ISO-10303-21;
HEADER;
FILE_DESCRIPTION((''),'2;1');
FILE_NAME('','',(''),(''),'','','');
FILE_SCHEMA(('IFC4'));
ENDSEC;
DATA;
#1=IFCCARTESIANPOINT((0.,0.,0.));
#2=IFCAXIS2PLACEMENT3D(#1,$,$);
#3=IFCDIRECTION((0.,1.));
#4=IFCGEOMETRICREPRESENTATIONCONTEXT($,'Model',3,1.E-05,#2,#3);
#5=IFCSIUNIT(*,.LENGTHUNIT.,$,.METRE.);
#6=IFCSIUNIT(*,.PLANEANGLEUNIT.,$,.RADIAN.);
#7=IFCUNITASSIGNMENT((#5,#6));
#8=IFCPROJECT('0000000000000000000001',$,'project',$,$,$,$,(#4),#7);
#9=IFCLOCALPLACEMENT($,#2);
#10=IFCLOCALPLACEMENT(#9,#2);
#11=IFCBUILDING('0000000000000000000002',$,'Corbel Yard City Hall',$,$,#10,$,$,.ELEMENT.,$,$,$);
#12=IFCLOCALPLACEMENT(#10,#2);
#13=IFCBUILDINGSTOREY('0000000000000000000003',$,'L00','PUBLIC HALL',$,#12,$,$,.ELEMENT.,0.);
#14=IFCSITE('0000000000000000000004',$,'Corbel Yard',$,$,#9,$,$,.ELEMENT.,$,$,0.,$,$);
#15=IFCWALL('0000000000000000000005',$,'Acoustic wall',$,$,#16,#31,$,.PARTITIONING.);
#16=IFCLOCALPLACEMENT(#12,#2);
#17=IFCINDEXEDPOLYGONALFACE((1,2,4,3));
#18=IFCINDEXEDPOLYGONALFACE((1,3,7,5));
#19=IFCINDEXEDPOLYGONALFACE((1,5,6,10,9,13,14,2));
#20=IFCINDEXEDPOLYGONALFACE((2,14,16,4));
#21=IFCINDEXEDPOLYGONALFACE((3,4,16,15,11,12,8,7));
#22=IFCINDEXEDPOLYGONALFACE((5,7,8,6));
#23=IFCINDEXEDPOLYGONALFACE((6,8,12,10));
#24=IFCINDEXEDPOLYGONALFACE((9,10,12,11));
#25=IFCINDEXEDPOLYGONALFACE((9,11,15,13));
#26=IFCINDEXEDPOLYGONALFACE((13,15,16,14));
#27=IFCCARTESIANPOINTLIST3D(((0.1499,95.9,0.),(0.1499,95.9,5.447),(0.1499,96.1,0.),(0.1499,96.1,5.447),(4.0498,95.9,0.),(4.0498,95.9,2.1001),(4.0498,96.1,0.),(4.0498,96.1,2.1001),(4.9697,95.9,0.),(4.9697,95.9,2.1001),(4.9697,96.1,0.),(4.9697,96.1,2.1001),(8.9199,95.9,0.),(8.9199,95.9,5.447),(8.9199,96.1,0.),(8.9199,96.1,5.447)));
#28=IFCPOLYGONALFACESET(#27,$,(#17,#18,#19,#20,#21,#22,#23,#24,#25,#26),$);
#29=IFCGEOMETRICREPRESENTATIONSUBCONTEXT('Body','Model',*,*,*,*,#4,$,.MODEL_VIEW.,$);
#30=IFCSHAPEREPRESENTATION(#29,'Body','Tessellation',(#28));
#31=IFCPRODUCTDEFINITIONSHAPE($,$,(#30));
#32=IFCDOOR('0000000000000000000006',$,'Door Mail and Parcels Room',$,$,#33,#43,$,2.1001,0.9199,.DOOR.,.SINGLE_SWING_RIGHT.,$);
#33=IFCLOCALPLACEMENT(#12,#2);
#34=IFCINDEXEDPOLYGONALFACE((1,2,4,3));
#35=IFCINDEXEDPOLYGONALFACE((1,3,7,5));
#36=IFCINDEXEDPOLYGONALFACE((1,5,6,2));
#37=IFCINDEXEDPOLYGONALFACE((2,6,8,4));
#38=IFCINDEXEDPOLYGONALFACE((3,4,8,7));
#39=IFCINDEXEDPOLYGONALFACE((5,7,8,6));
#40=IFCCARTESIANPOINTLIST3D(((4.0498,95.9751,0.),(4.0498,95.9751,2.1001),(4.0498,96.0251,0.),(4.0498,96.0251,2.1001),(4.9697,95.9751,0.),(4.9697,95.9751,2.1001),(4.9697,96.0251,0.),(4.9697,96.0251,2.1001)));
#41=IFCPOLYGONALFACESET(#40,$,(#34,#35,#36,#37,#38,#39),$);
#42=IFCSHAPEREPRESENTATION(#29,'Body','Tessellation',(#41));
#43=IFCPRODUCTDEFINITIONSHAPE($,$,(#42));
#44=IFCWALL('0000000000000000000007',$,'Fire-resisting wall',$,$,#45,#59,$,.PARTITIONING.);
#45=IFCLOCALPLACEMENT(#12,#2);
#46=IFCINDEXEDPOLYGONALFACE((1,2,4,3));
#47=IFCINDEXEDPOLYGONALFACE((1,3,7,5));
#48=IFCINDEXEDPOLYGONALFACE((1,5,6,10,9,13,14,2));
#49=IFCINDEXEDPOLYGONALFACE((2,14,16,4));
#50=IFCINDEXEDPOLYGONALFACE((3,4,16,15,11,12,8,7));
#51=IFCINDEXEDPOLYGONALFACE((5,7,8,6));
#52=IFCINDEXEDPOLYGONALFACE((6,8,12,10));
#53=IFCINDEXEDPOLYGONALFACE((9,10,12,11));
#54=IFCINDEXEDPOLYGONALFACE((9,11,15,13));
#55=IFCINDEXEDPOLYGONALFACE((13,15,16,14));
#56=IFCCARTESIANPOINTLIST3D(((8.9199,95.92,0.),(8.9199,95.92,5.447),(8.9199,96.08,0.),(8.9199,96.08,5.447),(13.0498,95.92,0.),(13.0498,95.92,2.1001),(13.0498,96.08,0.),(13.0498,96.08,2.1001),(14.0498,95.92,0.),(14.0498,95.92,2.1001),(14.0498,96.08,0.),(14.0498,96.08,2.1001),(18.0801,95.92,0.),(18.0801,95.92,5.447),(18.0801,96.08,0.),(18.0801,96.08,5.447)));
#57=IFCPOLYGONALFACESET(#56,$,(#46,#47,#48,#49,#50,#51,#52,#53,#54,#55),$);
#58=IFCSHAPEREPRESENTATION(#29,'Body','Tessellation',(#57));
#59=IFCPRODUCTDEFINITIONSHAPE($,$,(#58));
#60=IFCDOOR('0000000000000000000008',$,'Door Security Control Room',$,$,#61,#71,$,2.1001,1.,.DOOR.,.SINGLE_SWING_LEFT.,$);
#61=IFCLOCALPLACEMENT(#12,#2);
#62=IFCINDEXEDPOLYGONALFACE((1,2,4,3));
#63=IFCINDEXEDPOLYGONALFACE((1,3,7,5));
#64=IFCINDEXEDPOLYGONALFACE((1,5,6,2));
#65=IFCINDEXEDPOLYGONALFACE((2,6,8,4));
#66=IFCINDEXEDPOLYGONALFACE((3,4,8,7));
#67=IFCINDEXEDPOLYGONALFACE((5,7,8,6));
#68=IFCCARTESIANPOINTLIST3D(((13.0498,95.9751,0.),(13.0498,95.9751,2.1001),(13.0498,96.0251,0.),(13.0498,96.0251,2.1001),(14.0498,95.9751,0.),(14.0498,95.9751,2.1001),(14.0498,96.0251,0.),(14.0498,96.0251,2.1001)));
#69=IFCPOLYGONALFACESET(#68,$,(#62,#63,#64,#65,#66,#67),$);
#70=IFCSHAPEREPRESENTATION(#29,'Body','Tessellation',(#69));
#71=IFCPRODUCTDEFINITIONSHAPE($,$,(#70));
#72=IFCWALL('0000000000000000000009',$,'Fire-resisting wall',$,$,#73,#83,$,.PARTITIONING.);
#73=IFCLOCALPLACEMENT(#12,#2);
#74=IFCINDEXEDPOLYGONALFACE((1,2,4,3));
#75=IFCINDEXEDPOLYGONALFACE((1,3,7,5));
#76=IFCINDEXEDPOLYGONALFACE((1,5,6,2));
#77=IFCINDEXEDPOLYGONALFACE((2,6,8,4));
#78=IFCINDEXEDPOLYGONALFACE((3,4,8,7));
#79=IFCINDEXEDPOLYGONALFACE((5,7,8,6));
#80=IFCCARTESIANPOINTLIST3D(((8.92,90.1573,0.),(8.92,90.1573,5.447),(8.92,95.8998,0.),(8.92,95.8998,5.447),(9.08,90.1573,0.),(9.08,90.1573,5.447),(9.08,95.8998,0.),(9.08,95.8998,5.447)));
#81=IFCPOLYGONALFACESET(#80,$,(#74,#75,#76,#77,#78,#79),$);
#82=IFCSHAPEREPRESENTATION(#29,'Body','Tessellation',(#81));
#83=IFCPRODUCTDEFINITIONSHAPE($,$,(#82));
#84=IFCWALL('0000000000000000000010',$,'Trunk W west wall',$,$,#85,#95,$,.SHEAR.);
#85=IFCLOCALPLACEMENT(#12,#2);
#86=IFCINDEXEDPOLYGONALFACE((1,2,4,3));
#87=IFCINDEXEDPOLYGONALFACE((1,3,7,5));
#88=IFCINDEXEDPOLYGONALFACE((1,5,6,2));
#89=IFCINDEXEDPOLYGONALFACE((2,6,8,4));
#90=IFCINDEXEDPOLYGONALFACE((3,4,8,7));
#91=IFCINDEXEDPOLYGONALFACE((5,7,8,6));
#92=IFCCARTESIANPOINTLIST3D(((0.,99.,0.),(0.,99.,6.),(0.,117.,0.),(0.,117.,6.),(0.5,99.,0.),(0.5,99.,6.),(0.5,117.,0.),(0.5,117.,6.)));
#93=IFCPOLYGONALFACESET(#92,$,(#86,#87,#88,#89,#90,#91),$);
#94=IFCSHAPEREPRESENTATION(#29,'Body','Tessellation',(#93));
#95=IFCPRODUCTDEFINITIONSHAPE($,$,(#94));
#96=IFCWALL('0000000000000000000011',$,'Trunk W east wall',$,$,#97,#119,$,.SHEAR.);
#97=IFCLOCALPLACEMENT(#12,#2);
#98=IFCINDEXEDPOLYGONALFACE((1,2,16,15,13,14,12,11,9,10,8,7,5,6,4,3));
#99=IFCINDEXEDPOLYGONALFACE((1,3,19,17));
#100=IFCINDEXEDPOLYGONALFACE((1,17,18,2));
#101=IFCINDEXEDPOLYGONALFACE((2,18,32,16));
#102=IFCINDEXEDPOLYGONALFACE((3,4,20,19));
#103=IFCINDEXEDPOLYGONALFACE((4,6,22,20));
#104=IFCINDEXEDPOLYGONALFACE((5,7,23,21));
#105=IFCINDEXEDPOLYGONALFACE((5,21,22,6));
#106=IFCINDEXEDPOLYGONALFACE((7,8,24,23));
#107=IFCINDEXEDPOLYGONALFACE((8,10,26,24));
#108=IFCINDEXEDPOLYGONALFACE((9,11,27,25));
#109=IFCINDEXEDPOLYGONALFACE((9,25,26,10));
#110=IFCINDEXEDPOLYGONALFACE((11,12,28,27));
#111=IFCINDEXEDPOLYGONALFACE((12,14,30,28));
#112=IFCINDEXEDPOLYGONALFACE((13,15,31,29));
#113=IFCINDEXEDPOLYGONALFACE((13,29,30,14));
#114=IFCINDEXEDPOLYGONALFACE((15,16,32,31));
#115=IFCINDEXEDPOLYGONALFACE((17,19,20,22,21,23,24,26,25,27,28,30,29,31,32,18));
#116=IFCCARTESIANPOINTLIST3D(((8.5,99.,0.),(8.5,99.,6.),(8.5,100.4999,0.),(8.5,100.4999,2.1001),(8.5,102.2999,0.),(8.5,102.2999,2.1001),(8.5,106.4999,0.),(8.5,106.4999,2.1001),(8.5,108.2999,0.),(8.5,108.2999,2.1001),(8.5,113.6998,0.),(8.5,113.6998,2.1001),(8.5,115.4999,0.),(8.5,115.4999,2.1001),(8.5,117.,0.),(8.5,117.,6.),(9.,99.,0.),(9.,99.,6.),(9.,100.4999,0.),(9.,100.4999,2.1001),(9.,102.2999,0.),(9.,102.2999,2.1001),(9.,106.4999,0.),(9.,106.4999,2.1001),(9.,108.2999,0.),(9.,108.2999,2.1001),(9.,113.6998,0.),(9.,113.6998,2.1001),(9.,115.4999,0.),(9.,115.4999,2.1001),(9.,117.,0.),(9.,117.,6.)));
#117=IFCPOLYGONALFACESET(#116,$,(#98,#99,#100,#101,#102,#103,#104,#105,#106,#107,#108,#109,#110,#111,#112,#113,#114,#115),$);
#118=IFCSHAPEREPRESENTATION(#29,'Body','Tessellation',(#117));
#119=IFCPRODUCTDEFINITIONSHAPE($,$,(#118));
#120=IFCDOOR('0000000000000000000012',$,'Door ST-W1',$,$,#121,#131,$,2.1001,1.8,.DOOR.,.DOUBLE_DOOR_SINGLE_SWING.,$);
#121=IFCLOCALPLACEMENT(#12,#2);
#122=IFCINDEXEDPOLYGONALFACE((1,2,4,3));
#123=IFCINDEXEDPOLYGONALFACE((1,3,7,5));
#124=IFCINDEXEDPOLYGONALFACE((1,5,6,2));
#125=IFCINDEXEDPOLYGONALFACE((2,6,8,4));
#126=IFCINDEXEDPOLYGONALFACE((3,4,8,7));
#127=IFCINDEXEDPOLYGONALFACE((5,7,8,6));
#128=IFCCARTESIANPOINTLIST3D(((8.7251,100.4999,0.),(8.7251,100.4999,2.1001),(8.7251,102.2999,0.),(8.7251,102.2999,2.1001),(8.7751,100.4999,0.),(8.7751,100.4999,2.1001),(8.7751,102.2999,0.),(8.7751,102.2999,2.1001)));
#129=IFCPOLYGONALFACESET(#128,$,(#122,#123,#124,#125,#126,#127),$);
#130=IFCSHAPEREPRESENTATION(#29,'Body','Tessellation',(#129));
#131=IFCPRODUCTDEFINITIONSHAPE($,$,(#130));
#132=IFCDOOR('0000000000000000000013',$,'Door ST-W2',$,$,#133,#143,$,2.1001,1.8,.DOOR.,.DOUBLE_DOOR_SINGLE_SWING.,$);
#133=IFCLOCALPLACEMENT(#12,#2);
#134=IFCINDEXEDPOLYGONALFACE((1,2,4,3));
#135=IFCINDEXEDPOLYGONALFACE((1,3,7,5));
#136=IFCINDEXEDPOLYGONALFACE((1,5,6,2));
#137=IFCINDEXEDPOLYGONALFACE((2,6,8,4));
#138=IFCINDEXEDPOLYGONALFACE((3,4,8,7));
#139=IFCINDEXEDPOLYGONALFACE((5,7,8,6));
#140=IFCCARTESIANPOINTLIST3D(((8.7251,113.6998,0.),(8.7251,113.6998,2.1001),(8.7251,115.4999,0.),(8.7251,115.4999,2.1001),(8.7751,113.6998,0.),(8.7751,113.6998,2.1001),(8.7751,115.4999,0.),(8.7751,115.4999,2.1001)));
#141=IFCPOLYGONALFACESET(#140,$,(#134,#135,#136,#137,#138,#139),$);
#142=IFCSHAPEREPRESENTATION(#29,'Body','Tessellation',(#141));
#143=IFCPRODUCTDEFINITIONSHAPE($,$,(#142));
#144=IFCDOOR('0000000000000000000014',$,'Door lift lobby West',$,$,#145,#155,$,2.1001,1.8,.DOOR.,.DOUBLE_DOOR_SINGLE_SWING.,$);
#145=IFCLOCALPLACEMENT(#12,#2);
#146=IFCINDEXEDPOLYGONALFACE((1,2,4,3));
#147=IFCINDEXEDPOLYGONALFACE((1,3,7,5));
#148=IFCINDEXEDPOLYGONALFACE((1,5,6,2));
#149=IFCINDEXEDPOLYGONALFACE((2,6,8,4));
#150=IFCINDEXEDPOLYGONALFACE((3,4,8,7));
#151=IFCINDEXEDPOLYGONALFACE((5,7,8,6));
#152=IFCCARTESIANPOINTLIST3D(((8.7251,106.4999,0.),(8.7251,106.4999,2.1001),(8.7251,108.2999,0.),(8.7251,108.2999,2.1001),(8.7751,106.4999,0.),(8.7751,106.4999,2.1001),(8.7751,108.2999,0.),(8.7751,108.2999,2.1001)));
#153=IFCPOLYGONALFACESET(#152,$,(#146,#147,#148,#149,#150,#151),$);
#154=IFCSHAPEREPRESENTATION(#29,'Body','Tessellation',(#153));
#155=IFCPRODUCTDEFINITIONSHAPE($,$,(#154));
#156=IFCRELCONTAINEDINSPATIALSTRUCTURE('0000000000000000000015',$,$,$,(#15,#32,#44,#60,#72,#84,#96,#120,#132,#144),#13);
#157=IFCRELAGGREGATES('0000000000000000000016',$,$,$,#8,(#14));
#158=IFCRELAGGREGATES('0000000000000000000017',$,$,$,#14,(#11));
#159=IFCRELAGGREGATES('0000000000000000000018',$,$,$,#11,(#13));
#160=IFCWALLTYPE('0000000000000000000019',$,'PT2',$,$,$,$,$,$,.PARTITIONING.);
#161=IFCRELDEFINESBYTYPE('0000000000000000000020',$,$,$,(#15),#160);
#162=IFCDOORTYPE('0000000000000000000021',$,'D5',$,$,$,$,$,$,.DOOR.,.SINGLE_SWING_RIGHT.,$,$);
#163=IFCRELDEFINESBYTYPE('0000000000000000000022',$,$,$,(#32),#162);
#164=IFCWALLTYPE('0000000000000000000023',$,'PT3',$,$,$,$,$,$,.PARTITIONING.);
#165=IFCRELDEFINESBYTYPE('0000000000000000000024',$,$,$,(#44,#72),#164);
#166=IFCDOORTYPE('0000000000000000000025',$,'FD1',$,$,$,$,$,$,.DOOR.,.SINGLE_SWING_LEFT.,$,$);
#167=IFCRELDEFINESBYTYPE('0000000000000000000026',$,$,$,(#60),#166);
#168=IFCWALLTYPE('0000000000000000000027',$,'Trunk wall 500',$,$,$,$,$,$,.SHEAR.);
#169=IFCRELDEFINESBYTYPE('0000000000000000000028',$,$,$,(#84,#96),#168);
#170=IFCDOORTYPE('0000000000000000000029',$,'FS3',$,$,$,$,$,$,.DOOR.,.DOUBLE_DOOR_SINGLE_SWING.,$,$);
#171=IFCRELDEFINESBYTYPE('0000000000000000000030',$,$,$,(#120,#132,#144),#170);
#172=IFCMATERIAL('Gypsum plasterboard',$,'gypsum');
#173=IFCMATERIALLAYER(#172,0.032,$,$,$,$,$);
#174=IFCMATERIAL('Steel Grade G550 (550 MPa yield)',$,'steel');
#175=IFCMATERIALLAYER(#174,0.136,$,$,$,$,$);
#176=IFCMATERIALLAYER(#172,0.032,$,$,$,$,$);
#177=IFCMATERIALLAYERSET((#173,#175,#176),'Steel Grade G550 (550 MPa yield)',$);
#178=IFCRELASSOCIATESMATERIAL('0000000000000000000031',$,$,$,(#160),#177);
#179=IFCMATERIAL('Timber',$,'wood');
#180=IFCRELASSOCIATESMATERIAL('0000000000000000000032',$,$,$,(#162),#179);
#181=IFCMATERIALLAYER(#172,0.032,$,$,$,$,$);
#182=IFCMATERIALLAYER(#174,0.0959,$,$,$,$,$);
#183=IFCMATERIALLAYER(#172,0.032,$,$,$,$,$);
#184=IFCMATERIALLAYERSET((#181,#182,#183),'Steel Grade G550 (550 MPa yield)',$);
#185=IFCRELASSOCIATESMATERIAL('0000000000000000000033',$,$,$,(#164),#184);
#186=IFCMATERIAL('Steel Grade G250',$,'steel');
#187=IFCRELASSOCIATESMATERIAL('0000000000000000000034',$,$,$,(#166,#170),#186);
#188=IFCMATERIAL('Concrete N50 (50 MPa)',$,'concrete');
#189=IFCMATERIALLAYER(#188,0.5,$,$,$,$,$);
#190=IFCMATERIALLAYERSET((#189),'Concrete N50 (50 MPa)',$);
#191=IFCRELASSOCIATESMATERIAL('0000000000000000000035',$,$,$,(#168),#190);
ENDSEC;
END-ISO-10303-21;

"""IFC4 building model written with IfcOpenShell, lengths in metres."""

from ifc_helpers import new_model, si_unit, direction, frame, frame_2d, origin, place, context, subcontext, project, spatial, rectangle, extrude, material, layer, layer_set, type_object, element, fill, save


model = new_model("IFC4")

# Units and contexts
model_context = context("Model", 3, precision=1e-05, world=origin(), true_north=direction((0.0, 1.0)))
body_context = subcontext(model_context, "Body", "Model", "MODEL_VIEW")
ifc_project = project(units=[si_unit("LENGTHUNIT", "METRE"), si_unit("PLANEANGLEUNIT", "RADIAN")], contexts=[model_context])

# Site, building, storey
site_placement = place(None, origin())
site = spatial("IfcSite", under=ifc_project, at=site_placement, Name="Corbel Yard", CompositionType="ELEMENT", RefElevation=0.0)
building_placement = place(site_placement, origin())
building = spatial("IfcBuilding", under=site, at=building_placement, Name="Corbel Yard City Hall", CompositionType="ELEMENT")
storey_placement = place(building_placement, origin())
storey = spatial("IfcBuildingStorey", under=building, at=storey_placement, Name="L00", Description="PUBLIC HALL", CompositionType="ELEMENT", Elevation=0.0)

# Shared definitions
ifc_material_1 = material(Name="Gypsum plasterboard", Category="gypsum")

# Walls, openings, doors
ifc_layer_1 = layer(ifc_material_1, 0.032)
ifc_material_2 = material(Name="Steel Grade G550 (550 MPa yield)", Category="steel")
ifc_layer_2 = layer(ifc_material_2, 0.136)
ifc_layer_3 = layer(ifc_material_1, 0.032)
ifc_layer_set_1 = layer_set([ifc_layer_1, ifc_layer_2, ifc_layer_3], Name="Steel Grade G550 (550 MPa yield)")
wall_type_1 = type_object("IfcWallType", Name="PT2", PredefinedType="PARTITIONING", material=ifc_layer_set_1)
wall_1_placement = place(storey_placement, frame((0.1499, 96.0, 0.0), z_axis=(0.0, 0.0, 1.0), x_axis=(1.0, 0.0, 0.0)))
wall_1 = element("IfcWall", 1, at=wall_1_placement, inside=storey, type_object=wall_type_1, Name="Acoustic wall", PredefinedType="PARTITIONING", context=body_context, shape_type="SweptSolid", body=[
    extrude(rectangle(XDim=8.77, YDim=0.2, at=frame_2d((4.385, 0.0))), origin(), (0.0, 0.0, 1.0), 5.447),
])
opening_1_placement = place(wall_1_placement, frame((3.8999, 0.0, 0.0)))
opening_1 = element("IfcOpeningElement", 2, at=opening_1_placement, cuts=wall_1, PredefinedType="OPENING", context=body_context, shape_type="SweptSolid", body=[
    extrude(rectangle(XDim=0.9199, YDim=2.1001, at=frame_2d((0.46, 1.05))), frame((0.0, 0.1099, 0.0), z_axis=(0.0, -1.0, 0.0), x_axis=(1.0, 0.0, 0.0)), (0.0, 0.0, 1.0), 0.22),
])
ifc_material_3 = material(Name="Timber", Category="wood")
door_type_1 = type_object("IfcDoorType", Name="D5", OperationType="SINGLE_SWING_RIGHT", PredefinedType="DOOR", material=ifc_material_3)
door_1_placement = place(opening_1_placement, frame((0.9199, 0.0, 0.0), z_axis=(0.0, 0.0, 1.0), x_axis=(-1.0, 0.0, 0.0)))
door_1 = element("IfcDoor", 3, at=door_1_placement, inside=storey, type_object=door_type_1, Name="Door Mail and Parcels Room", OperationType="SINGLE_SWING_RIGHT", OverallHeight=2.1001, OverallWidth=0.9199, PredefinedType="DOOR", context=body_context, shape_type="SweptSolid", body=[
    extrude(rectangle(XDim=0.9199, YDim=2.1001, at=frame_2d((0.46, 1.05))), frame((0.0, 0.0249, 0.0), z_axis=(0.0, -1.0, 0.0), x_axis=(1.0, 0.0, 0.0)), (0.0, 0.0, 1.0), 0.05),
])
fill(opening_1, door_1)
ifc_layer_4 = layer(ifc_material_1, 0.032)
ifc_layer_5 = layer(ifc_material_2, 0.0959)
ifc_layer_6 = layer(ifc_material_1, 0.032)
ifc_layer_set_2 = layer_set([ifc_layer_4, ifc_layer_5, ifc_layer_6], Name="Steel Grade G550 (550 MPa yield)")
wall_type_2 = type_object("IfcWallType", Name="PT3", PredefinedType="PARTITIONING", material=ifc_layer_set_2)
wall_2_placement = place(storey_placement, frame((8.9199, 96.0, 0.0), z_axis=(0.0, 0.0, 1.0), x_axis=(1.0, 0.0, 0.0)))
wall_2 = element("IfcWall", 4, at=wall_2_placement, inside=storey, type_object=wall_type_2, Name="Fire-resisting wall", PredefinedType="PARTITIONING", context=body_context, shape_type="SweptSolid", body=[
    extrude(rectangle(XDim=9.1602, YDim=0.1599, at=frame_2d((4.5801, 0.0))), origin(), (0.0, 0.0, 1.0), 5.447),
])
opening_2_placement = place(wall_2_placement, frame((4.1299, 0.0, 0.0)))
opening_2 = element("IfcOpeningElement", 5, at=opening_2_placement, cuts=wall_2, PredefinedType="OPENING", context=body_context, shape_type="SweptSolid", body=[
    extrude(rectangle(XDim=1.0, YDim=2.1001, at=frame_2d((0.5, 1.05))), frame((0.0, 0.0898, 0.0), z_axis=(0.0, -1.0, 0.0), x_axis=(1.0, 0.0, 0.0)), (0.0, 0.0, 1.0), 0.1799),
])
ifc_material_4 = material(Name="Steel Grade G250", Category="steel")
door_type_2 = type_object("IfcDoorType", Name="FD1", OperationType="SINGLE_SWING_LEFT", PredefinedType="DOOR", material=ifc_material_4)
door_2_placement = place(opening_2_placement, frame((1.0, 0.0, 0.0), z_axis=(0.0, 0.0, 1.0), x_axis=(-1.0, 0.0, 0.0)))
door_2 = element("IfcDoor", 6, at=door_2_placement, inside=storey, type_object=door_type_2, Name="Door Security Control Room", OperationType="SINGLE_SWING_LEFT", OverallHeight=2.1001, OverallWidth=1.0, PredefinedType="DOOR", context=body_context, shape_type="SweptSolid", body=[
    extrude(rectangle(XDim=1.0, YDim=2.1001, at=frame_2d((0.5, 1.05))), frame((0.0, 0.0249, 0.0), z_axis=(0.0, -1.0, 0.0), x_axis=(1.0, 0.0, 0.0)), (0.0, 0.0, 1.0), 0.05),
])
fill(opening_2, door_2)

# Walls
wall_3_placement = place(storey_placement, frame((9.0, 90.1575, 0.0), z_axis=(0.0, 0.0, 1.0), x_axis=(0.0, 1.0, 0.0)))
element("IfcWall", 7, at=wall_3_placement, inside=storey, type_object=wall_type_2, Name="Fire-resisting wall", PredefinedType="PARTITIONING", context=body_context, shape_type="SweptSolid", body=[
    extrude(rectangle(XDim=5.7424, YDim=0.1599, at=frame_2d((2.8711, 0.0))), origin(), (0.0, 0.0, 1.0), 5.447),
])
ifc_material_5 = material(Name="Concrete N50 (50 MPa)", Category="concrete")
ifc_layer_7 = layer(ifc_material_5, 0.5)
ifc_layer_set_3 = layer_set([ifc_layer_7], Name="Concrete N50 (50 MPa)")
wall_type_3 = type_object("IfcWallType", Name="Trunk wall 500", PredefinedType="SHEAR", material=ifc_layer_set_3)
wall_4_placement = place(storey_placement, frame((0.25, 99.0, 0.0), z_axis=(0.0, 0.0, 1.0), x_axis=(0.0, 1.0, 0.0)))
element("IfcWall", 8, at=wall_4_placement, inside=storey, type_object=wall_type_3, Name="Trunk W west wall", PredefinedType="SHEAR", context=body_context, shape_type="SweptSolid", body=[
    extrude(rectangle(XDim=18.0, YDim=0.5, at=frame_2d((9.0, 0.0))), origin(), (0.0, 0.0, 1.0), 6.0),
])

# Wall, openings, doors
wall_5_placement = place(storey_placement, frame((8.75, 99.0, 0.0), z_axis=(0.0, 0.0, 1.0), x_axis=(0.0, 1.0, 0.0)))
wall_5 = element("IfcWall", 9, at=wall_5_placement, inside=storey, type_object=wall_type_3, Name="Trunk W east wall", PredefinedType="SHEAR", context=body_context, shape_type="SweptSolid", body=[
    extrude(rectangle(XDim=18.0, YDim=0.5, at=frame_2d((9.0, 0.0))), origin(), (0.0, 0.0, 1.0), 6.0),
])
opening_3_placement = place(wall_5_placement, frame((1.5, 0.0, 0.0)))
opening_3 = element("IfcOpeningElement", 10, at=opening_3_placement, cuts=wall_5, PredefinedType="OPENING", context=body_context, shape_type="SweptSolid", body=[
    extrude(rectangle(XDim=1.8, YDim=2.1001, at=frame_2d((0.8999, 1.05))), frame((0.0, 0.26, 0.0), z_axis=(0.0, -1.0, 0.0), x_axis=(1.0, 0.0, 0.0)), (0.0, 0.0, 1.0), 0.52),
])
opening_4_placement = place(wall_5_placement, frame((14.7, 0.0, 0.0)))
opening_4 = element("IfcOpeningElement", 11, at=opening_4_placement, cuts=wall_5, PredefinedType="OPENING", context=body_context, shape_type="SweptSolid", body=[
    extrude(rectangle(XDim=1.8, YDim=2.1001, at=frame_2d((0.8999, 1.05))), frame((0.0, 0.26, 0.0), z_axis=(0.0, -1.0, 0.0), x_axis=(1.0, 0.0, 0.0)), (0.0, 0.0, 1.0), 0.52),
])
opening_5_placement = place(wall_5_placement, frame((7.5, 0.0, 0.0)))
opening_5 = element("IfcOpeningElement", 12, at=opening_5_placement, cuts=wall_5, PredefinedType="OPENING", context=body_context, shape_type="SweptSolid", body=[
    extrude(rectangle(XDim=1.8, YDim=2.1001, at=frame_2d((0.8999, 1.05))), frame((0.0, 0.26, 0.0), z_axis=(0.0, -1.0, 0.0), x_axis=(1.0, 0.0, 0.0)), (0.0, 0.0, 1.0), 0.52),
])
door_type_3 = type_object("IfcDoorType", Name="FS3", OperationType="DOUBLE_DOOR_SINGLE_SWING", PredefinedType="DOOR", material=ifc_material_4)
door_3_placement = place(opening_3_placement, origin())
door_3 = element("IfcDoor", 13, at=door_3_placement, inside=storey, type_object=door_type_3, Name="Door ST-W1", OperationType="DOUBLE_DOOR_SINGLE_SWING", OverallHeight=2.1001, OverallWidth=1.8, PredefinedType="DOOR", context=body_context, shape_type="SweptSolid", body=[
    extrude(rectangle(XDim=1.8, YDim=2.1001, at=frame_2d((0.8999, 1.05))), frame((0.0, 0.0249, 0.0), z_axis=(0.0, -1.0, 0.0), x_axis=(1.0, 0.0, 0.0)), (0.0, 0.0, 1.0), 0.05),
])
fill(opening_3, door_3)
door_4_placement = place(opening_4_placement, origin())
door_4 = element("IfcDoor", 14, at=door_4_placement, inside=storey, type_object=door_type_3, Name="Door ST-W2", OperationType="DOUBLE_DOOR_SINGLE_SWING", OverallHeight=2.1001, OverallWidth=1.8, PredefinedType="DOOR", context=body_context, shape_type="SweptSolid", body=[
    extrude(rectangle(XDim=1.8, YDim=2.1001, at=frame_2d((0.8999, 1.05))), frame((0.0, 0.0249, 0.0), z_axis=(0.0, -1.0, 0.0), x_axis=(1.0, 0.0, 0.0)), (0.0, 0.0, 1.0), 0.05),
])
fill(opening_4, door_4)
door_5_placement = place(opening_5_placement, origin())
door_5 = element("IfcDoor", 15, at=door_5_placement, inside=storey, type_object=door_type_3, Name="Door lift lobby West", OperationType="DOUBLE_DOOR_SINGLE_SWING", OverallHeight=2.1001, OverallWidth=1.8, PredefinedType="DOOR", context=body_context, shape_type="SweptSolid", body=[
    extrude(rectangle(XDim=1.8, YDim=2.1001, at=frame_2d((0.8999, 1.05))), frame((0.0, 0.0249, 0.0), z_axis=(0.0, -1.0, 0.0), x_axis=(1.0, 0.0, 0.0)), (0.0, 0.0, 1.0), 0.05),
])
fill(opening_5, door_5)

save(model, "model.ifc")
